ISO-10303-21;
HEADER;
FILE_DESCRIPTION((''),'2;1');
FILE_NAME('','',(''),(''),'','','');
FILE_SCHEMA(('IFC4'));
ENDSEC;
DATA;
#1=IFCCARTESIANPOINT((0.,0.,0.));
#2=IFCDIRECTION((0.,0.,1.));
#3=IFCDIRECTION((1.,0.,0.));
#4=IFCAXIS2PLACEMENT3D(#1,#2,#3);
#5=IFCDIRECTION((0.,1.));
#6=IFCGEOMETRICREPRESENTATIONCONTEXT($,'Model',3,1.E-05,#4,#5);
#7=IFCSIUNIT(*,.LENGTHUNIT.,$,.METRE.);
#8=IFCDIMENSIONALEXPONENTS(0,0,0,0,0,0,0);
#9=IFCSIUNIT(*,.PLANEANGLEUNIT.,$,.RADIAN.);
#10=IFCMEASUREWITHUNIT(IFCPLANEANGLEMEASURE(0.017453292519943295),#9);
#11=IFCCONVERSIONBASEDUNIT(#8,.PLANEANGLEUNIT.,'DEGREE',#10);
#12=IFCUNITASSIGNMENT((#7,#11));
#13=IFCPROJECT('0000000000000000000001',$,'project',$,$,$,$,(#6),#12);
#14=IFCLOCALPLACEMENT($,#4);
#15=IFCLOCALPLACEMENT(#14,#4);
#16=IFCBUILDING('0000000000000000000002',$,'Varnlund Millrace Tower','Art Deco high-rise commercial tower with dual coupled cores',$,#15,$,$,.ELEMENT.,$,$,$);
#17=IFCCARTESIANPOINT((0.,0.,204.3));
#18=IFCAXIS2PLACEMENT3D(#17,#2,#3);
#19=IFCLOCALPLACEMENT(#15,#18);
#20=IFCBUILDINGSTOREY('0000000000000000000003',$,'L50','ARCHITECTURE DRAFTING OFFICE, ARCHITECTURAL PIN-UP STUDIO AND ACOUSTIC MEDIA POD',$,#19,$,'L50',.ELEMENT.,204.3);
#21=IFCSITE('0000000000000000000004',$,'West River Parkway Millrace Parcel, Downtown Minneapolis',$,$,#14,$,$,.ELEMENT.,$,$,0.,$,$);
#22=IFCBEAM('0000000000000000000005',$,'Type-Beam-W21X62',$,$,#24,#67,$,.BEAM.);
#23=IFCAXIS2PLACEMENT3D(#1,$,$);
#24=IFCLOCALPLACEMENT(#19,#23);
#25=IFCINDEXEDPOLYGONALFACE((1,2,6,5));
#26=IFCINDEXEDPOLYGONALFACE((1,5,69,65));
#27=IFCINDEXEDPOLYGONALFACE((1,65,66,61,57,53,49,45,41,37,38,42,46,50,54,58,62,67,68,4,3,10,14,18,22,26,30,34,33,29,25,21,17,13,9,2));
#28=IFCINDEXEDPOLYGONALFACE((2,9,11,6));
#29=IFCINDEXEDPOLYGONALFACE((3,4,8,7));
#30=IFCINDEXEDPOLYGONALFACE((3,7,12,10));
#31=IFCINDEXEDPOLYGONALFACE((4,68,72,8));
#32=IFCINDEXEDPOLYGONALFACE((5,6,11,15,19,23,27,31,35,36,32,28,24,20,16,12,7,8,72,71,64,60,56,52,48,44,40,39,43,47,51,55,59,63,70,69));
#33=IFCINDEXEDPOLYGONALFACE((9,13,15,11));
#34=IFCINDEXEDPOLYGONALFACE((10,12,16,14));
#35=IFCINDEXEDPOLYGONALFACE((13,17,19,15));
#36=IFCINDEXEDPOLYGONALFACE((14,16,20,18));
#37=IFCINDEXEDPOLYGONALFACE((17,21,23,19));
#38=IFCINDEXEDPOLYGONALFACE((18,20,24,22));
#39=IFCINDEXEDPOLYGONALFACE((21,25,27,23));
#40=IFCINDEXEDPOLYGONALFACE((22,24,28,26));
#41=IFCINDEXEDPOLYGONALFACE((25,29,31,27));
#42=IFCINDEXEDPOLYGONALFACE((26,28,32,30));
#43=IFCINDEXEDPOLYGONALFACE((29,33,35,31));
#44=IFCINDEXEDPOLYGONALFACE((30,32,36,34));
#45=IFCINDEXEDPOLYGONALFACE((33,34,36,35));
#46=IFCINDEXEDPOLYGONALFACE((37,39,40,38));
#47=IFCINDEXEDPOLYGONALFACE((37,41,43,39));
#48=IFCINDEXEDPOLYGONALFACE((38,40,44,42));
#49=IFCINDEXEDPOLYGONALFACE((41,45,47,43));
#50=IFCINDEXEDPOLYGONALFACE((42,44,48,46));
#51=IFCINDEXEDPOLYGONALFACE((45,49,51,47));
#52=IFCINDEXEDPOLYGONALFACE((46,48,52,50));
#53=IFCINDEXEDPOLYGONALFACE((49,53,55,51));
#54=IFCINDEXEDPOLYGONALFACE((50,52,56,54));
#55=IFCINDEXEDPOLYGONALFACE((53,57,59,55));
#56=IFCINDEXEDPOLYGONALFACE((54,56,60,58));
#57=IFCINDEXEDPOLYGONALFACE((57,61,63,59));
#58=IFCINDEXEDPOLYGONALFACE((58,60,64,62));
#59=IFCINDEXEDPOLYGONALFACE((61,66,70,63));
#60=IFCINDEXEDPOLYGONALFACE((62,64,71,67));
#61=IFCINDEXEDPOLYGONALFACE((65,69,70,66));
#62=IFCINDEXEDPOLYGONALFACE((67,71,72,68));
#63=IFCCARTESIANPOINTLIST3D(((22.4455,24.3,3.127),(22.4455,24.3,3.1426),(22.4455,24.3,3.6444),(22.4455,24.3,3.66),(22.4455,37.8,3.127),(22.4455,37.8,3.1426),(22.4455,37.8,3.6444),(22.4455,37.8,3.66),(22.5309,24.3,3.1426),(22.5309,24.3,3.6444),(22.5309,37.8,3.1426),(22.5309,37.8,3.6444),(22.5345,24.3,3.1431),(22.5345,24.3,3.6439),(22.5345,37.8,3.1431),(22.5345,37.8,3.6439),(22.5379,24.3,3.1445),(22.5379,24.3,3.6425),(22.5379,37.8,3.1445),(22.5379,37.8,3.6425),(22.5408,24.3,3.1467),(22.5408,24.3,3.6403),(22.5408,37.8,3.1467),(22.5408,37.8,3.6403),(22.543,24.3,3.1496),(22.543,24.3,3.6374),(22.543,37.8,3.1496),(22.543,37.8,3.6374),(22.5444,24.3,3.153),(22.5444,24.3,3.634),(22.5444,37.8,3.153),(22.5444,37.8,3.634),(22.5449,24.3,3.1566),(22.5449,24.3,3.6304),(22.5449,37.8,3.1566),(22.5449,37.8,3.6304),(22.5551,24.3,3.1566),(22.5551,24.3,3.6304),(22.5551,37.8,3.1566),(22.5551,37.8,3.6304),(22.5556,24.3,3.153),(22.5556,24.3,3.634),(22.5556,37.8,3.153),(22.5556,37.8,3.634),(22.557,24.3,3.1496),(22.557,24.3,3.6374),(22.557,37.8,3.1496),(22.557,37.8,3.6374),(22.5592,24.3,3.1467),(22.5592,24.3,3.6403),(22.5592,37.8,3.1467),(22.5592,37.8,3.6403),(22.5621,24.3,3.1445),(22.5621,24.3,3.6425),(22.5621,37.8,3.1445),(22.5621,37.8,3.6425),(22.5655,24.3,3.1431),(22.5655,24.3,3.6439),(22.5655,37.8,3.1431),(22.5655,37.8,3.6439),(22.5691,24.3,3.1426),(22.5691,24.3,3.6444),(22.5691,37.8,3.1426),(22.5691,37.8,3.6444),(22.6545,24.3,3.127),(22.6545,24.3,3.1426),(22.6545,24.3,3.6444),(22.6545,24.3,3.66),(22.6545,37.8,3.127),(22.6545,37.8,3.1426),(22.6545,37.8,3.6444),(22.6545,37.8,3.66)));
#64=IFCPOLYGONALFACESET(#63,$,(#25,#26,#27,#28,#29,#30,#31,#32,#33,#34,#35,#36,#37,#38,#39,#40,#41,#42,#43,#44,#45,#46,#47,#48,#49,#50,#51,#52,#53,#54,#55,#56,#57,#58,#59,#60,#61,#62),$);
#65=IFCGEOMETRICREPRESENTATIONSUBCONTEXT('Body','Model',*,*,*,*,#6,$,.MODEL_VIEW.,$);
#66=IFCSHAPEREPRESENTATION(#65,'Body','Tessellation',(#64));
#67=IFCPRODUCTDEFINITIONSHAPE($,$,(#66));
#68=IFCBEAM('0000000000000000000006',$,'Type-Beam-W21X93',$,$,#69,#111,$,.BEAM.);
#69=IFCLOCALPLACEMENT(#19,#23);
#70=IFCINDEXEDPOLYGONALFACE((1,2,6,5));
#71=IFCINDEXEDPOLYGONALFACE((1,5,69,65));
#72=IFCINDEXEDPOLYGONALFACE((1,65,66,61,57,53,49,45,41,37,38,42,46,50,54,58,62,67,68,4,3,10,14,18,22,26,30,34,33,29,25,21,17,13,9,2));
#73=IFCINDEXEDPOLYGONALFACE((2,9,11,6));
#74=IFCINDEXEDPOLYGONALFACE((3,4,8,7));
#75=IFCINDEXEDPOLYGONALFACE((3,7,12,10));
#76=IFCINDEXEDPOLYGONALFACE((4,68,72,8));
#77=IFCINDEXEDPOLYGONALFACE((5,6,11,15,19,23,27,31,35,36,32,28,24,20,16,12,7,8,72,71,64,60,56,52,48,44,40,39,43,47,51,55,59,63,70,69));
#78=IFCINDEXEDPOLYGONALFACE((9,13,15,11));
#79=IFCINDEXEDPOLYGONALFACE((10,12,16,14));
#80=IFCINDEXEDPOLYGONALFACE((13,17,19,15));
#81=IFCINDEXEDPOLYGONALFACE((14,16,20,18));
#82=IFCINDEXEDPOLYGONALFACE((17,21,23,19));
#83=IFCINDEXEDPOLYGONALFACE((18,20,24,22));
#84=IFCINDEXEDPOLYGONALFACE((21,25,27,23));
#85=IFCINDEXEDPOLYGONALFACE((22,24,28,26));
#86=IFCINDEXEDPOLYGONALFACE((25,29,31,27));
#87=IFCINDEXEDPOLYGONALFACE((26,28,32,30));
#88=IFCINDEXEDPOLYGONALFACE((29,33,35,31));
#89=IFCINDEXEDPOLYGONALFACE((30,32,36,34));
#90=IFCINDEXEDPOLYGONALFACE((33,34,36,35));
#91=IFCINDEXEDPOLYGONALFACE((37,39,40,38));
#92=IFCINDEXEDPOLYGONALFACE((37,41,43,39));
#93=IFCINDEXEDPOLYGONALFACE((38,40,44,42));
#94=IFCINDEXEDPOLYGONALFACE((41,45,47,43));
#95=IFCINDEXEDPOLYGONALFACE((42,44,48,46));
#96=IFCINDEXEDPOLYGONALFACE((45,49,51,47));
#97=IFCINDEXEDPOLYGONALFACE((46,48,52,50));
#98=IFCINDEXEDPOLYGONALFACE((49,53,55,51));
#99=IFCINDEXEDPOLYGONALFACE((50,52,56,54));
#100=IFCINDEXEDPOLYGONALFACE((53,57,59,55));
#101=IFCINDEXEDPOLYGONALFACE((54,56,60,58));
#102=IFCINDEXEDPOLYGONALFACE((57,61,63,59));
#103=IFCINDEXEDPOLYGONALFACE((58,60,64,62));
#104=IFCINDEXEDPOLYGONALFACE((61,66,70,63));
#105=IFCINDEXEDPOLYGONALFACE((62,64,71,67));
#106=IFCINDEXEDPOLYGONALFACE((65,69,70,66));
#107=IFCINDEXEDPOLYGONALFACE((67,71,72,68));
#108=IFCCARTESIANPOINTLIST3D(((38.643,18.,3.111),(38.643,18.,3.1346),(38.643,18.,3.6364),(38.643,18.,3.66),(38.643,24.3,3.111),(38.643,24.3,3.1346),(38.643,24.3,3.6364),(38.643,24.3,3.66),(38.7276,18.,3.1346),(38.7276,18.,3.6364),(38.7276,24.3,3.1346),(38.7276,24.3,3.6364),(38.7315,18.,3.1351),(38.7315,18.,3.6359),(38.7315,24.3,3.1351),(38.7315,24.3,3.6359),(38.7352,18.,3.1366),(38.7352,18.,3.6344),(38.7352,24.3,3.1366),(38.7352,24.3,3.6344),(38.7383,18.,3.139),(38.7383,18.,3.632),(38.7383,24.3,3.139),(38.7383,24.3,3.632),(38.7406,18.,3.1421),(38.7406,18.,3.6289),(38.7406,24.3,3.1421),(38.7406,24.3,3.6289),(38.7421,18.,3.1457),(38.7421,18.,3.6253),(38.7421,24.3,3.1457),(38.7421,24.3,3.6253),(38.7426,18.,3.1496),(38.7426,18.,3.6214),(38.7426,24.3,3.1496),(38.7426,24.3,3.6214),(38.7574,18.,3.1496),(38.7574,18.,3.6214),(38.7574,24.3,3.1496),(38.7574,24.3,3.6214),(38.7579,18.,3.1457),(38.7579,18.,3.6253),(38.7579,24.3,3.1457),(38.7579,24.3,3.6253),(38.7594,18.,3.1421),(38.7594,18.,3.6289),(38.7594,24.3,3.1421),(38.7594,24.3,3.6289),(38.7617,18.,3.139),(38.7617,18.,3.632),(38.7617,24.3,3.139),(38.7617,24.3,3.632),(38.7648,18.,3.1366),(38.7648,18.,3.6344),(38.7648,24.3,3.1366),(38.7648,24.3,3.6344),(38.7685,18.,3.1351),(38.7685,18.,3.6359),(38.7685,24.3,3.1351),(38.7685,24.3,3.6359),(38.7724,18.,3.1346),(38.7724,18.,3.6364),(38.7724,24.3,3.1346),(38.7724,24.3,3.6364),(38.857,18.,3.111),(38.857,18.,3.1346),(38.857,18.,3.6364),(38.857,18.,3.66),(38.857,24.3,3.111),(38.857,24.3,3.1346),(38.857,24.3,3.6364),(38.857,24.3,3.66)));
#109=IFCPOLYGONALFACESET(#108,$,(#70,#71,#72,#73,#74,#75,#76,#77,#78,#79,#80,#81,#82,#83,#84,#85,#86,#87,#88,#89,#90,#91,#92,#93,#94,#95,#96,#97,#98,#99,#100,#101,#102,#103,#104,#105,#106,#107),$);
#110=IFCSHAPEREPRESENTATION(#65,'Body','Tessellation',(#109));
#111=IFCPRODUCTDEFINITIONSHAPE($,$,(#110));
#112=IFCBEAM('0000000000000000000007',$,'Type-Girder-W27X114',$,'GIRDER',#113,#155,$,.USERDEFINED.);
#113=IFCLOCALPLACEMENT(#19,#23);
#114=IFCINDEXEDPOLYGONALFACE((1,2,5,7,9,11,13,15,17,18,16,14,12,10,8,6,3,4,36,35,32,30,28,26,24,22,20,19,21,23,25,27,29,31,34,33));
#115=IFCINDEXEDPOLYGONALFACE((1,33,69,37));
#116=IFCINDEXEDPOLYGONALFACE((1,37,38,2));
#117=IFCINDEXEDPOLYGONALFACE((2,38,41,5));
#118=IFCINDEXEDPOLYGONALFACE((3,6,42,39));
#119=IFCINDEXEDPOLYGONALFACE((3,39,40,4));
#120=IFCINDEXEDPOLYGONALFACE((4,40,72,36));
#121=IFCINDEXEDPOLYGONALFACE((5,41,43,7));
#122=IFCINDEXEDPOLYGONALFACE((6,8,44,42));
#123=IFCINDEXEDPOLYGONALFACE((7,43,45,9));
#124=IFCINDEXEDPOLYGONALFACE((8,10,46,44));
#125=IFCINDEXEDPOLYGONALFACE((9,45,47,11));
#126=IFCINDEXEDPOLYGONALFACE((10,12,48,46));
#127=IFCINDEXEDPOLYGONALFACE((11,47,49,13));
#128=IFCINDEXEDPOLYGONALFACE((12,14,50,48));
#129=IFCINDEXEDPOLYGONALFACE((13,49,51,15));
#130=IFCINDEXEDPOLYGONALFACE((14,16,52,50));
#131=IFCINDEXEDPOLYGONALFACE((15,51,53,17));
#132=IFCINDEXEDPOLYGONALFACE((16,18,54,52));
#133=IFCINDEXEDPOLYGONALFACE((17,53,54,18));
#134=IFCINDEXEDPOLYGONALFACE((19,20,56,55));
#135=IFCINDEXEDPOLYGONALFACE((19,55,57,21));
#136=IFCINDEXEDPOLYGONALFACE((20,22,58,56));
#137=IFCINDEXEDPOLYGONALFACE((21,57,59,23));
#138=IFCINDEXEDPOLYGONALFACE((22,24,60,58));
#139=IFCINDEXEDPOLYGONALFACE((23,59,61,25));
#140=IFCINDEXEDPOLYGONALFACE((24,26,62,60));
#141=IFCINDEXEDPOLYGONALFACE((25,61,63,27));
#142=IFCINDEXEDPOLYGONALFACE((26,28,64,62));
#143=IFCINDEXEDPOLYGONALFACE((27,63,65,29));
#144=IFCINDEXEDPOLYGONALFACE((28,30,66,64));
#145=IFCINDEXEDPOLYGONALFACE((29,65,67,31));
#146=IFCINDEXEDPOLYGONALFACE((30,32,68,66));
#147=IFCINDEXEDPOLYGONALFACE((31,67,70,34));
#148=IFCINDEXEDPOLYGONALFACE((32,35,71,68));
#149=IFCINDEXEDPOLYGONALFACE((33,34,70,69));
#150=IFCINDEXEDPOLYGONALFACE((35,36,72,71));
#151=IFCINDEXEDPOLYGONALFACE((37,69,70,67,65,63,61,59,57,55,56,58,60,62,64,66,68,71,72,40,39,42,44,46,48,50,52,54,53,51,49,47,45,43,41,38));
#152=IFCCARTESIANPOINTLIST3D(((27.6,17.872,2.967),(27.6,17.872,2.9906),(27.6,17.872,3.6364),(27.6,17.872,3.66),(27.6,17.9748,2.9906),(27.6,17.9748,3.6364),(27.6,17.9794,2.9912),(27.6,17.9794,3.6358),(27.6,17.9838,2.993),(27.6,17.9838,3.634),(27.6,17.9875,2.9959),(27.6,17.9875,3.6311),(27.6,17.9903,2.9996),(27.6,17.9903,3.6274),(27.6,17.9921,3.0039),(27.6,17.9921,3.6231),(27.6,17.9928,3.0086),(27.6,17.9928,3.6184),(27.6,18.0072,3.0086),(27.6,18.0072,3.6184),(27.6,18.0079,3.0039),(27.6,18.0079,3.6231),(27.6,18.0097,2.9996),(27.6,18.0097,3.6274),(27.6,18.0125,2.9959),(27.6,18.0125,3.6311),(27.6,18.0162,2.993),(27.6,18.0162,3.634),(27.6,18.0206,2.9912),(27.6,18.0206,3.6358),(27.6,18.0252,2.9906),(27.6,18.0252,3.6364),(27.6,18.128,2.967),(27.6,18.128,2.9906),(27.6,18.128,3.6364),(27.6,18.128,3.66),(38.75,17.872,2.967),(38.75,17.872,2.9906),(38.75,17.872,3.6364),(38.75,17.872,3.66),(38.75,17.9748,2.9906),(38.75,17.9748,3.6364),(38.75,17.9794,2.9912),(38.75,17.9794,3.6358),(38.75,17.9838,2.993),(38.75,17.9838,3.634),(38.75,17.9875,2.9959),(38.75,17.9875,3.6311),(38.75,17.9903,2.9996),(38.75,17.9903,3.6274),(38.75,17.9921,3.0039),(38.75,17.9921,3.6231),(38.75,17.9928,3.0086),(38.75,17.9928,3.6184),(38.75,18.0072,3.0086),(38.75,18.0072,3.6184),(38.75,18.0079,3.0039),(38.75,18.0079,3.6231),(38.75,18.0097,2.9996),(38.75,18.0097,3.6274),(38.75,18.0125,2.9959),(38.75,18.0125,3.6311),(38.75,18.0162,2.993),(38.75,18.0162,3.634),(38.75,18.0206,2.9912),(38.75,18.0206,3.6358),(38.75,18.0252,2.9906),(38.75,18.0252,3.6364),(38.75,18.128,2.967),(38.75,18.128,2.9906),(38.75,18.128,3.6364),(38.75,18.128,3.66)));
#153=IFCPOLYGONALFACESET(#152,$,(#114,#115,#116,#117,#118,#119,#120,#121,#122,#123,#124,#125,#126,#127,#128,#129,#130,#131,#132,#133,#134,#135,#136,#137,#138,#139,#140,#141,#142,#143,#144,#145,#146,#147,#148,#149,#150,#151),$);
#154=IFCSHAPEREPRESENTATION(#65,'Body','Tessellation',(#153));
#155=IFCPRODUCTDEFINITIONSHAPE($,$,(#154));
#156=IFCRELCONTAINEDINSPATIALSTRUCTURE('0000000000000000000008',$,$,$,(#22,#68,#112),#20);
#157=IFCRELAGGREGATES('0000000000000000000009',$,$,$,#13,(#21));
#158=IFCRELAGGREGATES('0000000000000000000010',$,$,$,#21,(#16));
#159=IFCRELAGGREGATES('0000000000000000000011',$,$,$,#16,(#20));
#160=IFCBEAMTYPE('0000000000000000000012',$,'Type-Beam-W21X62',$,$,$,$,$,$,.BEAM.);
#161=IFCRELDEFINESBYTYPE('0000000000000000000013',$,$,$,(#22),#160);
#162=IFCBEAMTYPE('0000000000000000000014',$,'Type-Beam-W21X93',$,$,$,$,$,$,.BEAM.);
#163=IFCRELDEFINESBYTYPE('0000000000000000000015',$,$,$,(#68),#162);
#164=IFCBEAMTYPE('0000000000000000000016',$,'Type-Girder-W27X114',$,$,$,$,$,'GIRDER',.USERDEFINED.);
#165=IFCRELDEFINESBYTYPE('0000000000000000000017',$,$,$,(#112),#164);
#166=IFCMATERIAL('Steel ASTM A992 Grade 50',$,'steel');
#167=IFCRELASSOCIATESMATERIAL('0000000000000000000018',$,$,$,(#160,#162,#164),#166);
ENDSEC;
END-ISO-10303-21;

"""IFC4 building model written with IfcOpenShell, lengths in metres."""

from ifc_helpers import new_model, entity, si_unit, converted_unit, direction, frame, origin_with_axes, origin_2d_with_axis, place, context, subcontext, project, spatial, i_section, extrude, material, material_profile, profile_set, type_object, element, save


model = new_model("IFC4")

# Units and contexts
model_context = context("Model", 3, precision=1e-05, world=origin_with_axes(), true_north=direction((0.0, 1.0)))
body_context = subcontext(model_context, "Body", "Model", "MODEL_VIEW")
ifc_project = project(units=[si_unit("LENGTHUNIT", "METRE"), converted_unit("PLANEANGLEUNIT", "DEGREE", entity("IfcPlaneAngleMeasure", 0.017453292519943295), si_unit("PLANEANGLEUNIT", "RADIAN"), dimensions=[0, 0, 0, 0, 0, 0, 0])], contexts=[model_context])

# Site, building, storey
site_placement = place(None, origin_with_axes())
site = spatial("IfcSite", under=ifc_project, at=site_placement, Name="West River Parkway Millrace Parcel, Downtown Minneapolis", CompositionType="ELEMENT", RefElevation=0.0)
building_placement = place(site_placement, origin_with_axes())
building = spatial("IfcBuilding", under=site, at=building_placement, Name="Varnlund Millrace Tower", Description="Art Deco high-rise commercial tower with dual coupled cores", CompositionType="ELEMENT")
storey_placement = place(building_placement, frame((0.0, 0.0, 204.3), z_axis=(0.0, 0.0, 1.0), x_axis=(1.0, 0.0, 0.0)))
storey = spatial("IfcBuildingStorey", under=building, at=storey_placement, Name="L50", Description="ARCHITECTURE DRAFTING OFFICE, ARCHITECTURAL PIN-UP STUDIO AND ACOUSTIC MEDIA POD", LongName="L50", CompositionType="ELEMENT", Elevation=204.3)

# Beams
ifc_material_1 = material(Name="Steel ASTM A992 Grade 50", Category="steel")
ifc_material_profile_1 = material_profile(ifc_material_1, i_section(OverallWidth=0.209, OverallDepth=0.533, WebThickness=0.0102, FlangeThickness=0.0156, FilletRadius=0.014, at=origin_2d_with_axis()), Name="Steel ASTM A992 Grade 50")
ifc_profile_set_1 = profile_set([ifc_material_profile_1], Name="Steel ASTM A992 Grade 50")
beam_type_1 = type_object("IfcBeamType", Name="Type-Beam-W21X62", PredefinedType="BEAM", material=ifc_profile_set_1)
beam_1_placement = place(storey_placement, frame((22.55, 24.3, 3.3935), z_axis=(0.0, 1.0, 0.0), x_axis=(-1.0, 0.0, 0.0)))
element("IfcBeam", 1, at=beam_1_placement, inside=storey, type_object=beam_type_1, Name="Type-Beam-W21X62", PredefinedType="BEAM", context=body_context, shape_type="SweptSolid", body=[
    extrude(i_section(OverallWidth=0.209, OverallDepth=0.533, WebThickness=0.0102, FlangeThickness=0.0156, FilletRadius=0.014, at=origin_2d_with_axis()), origin_with_axes(), (0.0, 0.0, 1.0), 13.5),
])
ifc_material_profile_2 = material_profile(ifc_material_1, i_section(OverallWidth=0.214, OverallDepth=0.549, WebThickness=0.0147, FlangeThickness=0.0236, FilletRadius=0.015, at=origin_2d_with_axis()), Name="Steel ASTM A992 Grade 50")
ifc_profile_set_2 = profile_set([ifc_material_profile_2], Name="Steel ASTM A992 Grade 50")
beam_type_2 = type_object("IfcBeamType", Name="Type-Beam-W21X93", PredefinedType="BEAM", material=ifc_profile_set_2)
beam_2_placement = place(storey_placement, frame((38.75, 18.0, 3.3855), z_axis=(0.0, 1.0, 0.0), x_axis=(-1.0, 0.0, 0.0)))
element("IfcBeam", 2, at=beam_2_placement, inside=storey, type_object=beam_type_2, Name="Type-Beam-W21X93", PredefinedType="BEAM", context=body_context, shape_type="SweptSolid", body=[
    extrude(i_section(OverallWidth=0.214, OverallDepth=0.549, WebThickness=0.0147, FlangeThickness=0.0236, FilletRadius=0.015, at=origin_2d_with_axis()), origin_with_axes(), (0.0, 0.0, 1.0), 6.3),
])
ifc_material_profile_3 = material_profile(ifc_material_1, i_section(OverallWidth=0.256, OverallDepth=0.693, WebThickness=0.0145, FlangeThickness=0.0236, FilletRadius=0.018, at=origin_2d_with_axis()), Name="Steel ASTM A992 Grade 50")
ifc_profile_set_3 = profile_set([ifc_material_profile_3], Name="Steel ASTM A992 Grade 50")
beam_type_3 = type_object("IfcBeamType", Name="Type-Girder-W27X114", ElementType="GIRDER", PredefinedType="USERDEFINED", material=ifc_profile_set_3)
beam_3_placement = place(storey_placement, frame((27.6, 18.0, 3.3135), z_axis=(1.0, 0.0, 0.0), x_axis=(0.0, 1.0, 0.0)))
element("IfcBeam", 3, at=beam_3_placement, inside=storey, type_object=beam_type_3, Name="Type-Girder-W27X114", ObjectType="GIRDER", PredefinedType="USERDEFINED", context=body_context, shape_type="SweptSolid", body=[
    extrude(i_section(OverallWidth=0.256, OverallDepth=0.693, WebThickness=0.0145, FlangeThickness=0.0236, FilletRadius=0.018, at=origin_2d_with_axis()), origin_with_axes(), (0.0, 0.0, 1.0), 11.15),
])

save(model, "model.ifc")
